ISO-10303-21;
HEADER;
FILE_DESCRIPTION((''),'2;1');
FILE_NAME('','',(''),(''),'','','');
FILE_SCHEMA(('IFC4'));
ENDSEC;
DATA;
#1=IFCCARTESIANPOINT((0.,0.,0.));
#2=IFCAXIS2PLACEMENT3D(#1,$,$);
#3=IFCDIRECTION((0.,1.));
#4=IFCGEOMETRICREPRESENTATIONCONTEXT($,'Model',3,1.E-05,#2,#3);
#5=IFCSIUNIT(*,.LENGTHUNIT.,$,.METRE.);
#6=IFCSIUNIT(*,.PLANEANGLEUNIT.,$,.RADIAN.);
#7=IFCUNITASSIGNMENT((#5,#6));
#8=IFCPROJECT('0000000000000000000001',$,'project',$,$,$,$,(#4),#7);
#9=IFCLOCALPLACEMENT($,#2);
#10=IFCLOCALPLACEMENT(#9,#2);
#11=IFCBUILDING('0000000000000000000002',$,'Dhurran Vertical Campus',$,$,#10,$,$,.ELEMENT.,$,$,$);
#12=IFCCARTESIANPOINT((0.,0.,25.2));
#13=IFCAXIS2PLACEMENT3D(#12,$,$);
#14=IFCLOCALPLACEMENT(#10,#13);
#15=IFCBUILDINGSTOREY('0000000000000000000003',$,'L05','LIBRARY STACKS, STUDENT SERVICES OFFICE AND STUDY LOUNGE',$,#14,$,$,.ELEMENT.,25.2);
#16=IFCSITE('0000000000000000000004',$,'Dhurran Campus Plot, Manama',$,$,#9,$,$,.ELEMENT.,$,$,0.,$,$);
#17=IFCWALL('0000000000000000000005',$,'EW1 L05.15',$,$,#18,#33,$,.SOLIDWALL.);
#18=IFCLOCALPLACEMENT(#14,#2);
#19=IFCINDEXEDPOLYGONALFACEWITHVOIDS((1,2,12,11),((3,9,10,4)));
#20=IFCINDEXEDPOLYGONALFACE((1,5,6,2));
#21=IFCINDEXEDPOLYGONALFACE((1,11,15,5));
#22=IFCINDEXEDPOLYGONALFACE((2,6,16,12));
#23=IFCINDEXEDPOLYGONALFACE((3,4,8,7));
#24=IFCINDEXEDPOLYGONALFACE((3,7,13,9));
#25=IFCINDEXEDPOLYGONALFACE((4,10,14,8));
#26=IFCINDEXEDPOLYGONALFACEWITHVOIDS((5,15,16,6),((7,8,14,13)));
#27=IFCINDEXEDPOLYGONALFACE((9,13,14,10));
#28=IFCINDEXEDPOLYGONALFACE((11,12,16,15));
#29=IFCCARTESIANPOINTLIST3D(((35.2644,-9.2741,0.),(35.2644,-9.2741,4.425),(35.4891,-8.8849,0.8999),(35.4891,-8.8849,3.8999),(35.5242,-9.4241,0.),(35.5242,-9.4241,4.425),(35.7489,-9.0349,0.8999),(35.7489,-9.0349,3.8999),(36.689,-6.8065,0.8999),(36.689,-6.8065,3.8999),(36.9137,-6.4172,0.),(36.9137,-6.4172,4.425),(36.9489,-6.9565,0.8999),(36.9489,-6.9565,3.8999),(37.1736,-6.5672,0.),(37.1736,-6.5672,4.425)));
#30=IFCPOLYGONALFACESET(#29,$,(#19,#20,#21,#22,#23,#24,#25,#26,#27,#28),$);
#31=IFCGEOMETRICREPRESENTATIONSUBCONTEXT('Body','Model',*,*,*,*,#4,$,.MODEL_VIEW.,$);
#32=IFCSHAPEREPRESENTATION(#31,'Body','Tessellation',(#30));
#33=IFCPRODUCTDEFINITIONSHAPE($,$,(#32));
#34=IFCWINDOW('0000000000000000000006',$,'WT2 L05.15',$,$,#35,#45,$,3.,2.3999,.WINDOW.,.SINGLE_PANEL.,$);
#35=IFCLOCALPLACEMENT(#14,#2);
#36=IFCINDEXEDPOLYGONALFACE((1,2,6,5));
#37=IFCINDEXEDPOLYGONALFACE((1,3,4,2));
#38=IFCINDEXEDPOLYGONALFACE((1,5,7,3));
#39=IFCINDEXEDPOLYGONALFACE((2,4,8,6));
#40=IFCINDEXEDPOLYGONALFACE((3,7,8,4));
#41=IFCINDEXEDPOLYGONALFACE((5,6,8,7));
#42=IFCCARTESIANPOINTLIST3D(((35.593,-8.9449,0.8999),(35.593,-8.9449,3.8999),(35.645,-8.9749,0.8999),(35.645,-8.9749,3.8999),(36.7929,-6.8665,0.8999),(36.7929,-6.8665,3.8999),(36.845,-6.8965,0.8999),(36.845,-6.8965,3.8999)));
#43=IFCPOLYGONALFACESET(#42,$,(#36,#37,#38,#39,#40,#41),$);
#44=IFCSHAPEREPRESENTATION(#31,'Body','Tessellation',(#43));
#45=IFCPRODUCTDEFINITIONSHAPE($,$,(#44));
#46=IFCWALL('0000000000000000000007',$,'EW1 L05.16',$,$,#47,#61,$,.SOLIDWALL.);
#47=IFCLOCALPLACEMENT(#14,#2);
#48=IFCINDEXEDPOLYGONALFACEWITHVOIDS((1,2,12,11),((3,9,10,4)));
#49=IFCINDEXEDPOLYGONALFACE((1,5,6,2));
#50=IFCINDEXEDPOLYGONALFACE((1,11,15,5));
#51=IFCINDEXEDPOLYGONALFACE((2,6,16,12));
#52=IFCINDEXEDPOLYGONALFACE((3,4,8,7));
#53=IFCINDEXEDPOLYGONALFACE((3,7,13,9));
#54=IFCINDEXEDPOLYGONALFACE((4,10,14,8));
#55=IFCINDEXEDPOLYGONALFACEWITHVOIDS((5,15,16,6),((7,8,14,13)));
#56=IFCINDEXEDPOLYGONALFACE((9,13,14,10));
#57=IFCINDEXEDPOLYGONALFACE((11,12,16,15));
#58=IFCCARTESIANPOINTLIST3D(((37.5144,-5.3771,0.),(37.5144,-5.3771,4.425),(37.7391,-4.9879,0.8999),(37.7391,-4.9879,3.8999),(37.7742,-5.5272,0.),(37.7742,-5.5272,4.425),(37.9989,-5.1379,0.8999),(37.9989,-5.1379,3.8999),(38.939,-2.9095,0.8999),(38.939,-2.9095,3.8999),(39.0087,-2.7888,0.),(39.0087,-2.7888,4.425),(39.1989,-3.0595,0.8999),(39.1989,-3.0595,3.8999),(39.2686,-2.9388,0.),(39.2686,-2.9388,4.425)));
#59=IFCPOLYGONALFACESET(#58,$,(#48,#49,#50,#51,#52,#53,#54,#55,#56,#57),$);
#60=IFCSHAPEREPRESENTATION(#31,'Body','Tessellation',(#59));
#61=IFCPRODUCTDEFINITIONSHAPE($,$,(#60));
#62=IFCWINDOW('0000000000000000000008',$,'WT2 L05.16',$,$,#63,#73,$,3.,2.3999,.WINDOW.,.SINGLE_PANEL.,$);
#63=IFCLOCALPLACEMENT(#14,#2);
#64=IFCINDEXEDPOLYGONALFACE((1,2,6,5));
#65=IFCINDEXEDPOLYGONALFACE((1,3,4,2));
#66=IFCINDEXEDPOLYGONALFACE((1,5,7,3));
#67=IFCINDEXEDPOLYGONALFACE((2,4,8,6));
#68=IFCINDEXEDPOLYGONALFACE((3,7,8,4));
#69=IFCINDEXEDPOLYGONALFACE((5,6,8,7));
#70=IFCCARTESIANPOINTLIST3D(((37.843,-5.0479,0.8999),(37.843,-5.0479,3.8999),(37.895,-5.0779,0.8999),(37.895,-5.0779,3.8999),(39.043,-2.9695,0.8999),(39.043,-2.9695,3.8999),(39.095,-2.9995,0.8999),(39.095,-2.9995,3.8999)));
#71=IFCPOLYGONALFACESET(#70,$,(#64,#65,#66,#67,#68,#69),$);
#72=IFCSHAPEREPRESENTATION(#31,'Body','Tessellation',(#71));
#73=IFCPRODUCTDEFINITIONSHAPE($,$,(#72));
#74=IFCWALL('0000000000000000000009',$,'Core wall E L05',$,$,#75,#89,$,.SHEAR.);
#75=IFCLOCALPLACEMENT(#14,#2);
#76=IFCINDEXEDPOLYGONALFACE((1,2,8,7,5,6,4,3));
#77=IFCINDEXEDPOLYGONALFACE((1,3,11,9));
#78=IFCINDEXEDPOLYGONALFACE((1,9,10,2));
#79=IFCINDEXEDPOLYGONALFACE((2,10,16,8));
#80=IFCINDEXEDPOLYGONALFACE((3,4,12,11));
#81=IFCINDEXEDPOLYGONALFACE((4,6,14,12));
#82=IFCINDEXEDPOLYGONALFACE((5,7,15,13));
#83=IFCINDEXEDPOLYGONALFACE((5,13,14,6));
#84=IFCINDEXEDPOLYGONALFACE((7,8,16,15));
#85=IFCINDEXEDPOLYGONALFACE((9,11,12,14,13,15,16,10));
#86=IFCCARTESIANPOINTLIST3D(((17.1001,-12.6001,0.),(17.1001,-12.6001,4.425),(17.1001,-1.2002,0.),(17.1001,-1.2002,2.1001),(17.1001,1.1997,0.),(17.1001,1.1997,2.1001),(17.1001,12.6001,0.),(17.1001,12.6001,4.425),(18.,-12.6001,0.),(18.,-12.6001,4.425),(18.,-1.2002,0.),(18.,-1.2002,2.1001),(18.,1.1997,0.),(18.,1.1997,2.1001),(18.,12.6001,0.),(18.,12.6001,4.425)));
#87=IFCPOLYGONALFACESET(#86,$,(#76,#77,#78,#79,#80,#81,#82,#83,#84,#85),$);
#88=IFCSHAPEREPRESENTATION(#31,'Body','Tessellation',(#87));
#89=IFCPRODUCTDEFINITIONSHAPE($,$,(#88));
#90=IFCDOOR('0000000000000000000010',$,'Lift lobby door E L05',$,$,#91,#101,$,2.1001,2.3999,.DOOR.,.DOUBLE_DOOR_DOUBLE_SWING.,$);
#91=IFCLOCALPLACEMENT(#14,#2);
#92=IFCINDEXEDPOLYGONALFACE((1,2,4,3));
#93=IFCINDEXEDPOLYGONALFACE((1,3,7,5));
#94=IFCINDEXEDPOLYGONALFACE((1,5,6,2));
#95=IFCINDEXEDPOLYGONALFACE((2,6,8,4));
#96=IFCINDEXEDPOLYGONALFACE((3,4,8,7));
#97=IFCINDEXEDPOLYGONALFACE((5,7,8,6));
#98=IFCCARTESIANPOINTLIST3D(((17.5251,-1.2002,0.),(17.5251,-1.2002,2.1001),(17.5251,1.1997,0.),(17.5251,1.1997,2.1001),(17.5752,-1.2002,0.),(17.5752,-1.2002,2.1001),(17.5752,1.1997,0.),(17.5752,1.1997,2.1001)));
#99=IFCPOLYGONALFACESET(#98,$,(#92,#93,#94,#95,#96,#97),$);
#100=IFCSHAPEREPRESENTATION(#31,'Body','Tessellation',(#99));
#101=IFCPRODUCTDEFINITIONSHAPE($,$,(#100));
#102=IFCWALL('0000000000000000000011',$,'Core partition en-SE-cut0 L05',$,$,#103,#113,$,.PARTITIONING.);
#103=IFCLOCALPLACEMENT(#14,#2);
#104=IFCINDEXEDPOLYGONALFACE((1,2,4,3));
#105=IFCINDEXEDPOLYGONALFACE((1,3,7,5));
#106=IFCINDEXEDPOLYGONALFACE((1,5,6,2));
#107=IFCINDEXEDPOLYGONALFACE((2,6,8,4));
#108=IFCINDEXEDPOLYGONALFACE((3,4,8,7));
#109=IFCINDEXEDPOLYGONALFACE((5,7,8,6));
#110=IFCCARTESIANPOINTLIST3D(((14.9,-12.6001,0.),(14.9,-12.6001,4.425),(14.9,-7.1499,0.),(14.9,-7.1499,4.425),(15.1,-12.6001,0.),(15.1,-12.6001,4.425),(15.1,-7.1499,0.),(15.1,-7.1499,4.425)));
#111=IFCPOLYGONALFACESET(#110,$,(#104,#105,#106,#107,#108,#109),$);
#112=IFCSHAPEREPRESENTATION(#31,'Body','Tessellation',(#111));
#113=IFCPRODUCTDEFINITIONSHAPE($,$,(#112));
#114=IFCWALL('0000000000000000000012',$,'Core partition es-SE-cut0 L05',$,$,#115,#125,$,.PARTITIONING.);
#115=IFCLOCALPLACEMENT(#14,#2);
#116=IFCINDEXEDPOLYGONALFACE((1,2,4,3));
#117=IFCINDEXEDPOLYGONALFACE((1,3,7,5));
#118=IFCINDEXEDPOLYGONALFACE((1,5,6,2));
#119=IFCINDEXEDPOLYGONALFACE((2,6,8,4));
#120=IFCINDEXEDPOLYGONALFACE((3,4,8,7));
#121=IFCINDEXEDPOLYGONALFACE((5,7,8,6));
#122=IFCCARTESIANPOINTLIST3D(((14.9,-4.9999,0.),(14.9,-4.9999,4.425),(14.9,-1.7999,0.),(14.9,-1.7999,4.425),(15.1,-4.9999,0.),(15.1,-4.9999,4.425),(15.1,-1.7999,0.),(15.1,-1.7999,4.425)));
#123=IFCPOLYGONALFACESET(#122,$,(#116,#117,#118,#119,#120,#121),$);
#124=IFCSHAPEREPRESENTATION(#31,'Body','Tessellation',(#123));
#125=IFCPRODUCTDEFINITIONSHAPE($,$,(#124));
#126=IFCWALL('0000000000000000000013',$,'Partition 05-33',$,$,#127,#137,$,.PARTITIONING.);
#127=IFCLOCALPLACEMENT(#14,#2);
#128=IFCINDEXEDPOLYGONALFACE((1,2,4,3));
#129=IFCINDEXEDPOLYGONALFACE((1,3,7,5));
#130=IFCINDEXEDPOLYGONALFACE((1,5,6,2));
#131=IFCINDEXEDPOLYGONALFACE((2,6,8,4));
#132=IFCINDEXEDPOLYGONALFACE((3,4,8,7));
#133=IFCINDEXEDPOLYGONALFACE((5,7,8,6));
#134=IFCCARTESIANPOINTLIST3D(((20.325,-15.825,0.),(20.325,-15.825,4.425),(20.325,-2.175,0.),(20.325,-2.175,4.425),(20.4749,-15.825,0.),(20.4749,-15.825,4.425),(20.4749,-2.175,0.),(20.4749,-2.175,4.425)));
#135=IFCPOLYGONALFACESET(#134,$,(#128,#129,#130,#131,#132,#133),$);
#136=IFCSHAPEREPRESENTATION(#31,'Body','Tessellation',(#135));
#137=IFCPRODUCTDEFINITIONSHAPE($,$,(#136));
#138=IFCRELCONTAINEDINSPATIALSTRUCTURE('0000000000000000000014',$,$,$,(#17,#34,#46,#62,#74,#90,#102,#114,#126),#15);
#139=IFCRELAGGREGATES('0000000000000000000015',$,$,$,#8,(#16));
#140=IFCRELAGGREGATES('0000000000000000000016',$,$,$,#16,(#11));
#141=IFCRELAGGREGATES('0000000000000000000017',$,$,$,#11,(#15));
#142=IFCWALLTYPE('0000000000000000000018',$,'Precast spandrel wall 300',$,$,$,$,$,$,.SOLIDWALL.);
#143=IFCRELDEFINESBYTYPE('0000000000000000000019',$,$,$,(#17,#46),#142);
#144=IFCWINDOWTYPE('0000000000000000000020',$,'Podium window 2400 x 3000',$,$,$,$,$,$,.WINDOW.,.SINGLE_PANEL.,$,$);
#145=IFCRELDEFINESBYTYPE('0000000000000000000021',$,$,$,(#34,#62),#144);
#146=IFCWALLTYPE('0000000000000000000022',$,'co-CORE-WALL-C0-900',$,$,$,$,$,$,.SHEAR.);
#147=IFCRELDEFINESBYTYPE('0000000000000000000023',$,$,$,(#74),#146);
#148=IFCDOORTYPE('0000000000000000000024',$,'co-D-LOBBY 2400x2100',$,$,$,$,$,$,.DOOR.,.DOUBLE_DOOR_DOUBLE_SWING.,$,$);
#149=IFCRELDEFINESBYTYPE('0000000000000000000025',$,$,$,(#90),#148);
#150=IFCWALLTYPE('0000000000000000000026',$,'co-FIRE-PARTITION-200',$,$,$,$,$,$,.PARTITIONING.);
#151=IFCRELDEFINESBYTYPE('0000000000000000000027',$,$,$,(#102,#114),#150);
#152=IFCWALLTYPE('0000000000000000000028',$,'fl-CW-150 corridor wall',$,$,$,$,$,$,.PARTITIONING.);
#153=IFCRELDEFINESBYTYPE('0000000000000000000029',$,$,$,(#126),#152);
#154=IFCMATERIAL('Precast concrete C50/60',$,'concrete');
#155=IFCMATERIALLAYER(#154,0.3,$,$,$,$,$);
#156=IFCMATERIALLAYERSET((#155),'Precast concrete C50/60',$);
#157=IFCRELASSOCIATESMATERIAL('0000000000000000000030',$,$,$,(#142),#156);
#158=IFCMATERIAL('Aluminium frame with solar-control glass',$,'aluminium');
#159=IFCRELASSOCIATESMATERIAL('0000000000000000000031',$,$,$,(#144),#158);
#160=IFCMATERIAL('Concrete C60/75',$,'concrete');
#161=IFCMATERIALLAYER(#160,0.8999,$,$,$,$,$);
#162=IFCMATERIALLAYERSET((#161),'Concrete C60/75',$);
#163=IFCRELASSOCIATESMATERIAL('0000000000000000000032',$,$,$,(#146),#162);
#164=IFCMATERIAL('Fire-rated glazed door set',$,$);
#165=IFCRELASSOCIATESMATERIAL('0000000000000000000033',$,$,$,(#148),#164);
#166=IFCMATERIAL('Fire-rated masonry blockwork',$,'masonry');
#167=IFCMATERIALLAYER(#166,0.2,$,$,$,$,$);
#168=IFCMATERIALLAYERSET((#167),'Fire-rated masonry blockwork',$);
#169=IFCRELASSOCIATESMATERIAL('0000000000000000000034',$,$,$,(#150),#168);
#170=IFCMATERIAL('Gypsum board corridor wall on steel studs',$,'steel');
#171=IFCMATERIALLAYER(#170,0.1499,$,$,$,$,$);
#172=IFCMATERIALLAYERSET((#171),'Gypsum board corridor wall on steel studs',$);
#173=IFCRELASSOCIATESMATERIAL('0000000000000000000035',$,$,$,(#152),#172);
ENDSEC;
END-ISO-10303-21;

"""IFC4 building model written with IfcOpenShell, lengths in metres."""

from ifc_helpers import new_model, si_unit, direction, frame, frame_2d, origin, place, context, subcontext, project, spatial, rectangle, extrude, material, layer, layer_set, type_object, element, fill, save


model = new_model("IFC4")

# Units and contexts
model_context = context("Model", 3, precision=1e-05, world=origin(), true_north=direction((0.0, 1.0)))
body_context = subcontext(model_context, "Body", "Model", "MODEL_VIEW")
ifc_project = project(units=[si_unit("LENGTHUNIT", "METRE"), si_unit("PLANEANGLEUNIT", "RADIAN")], contexts=[model_context])

# Site, building, storey
site_placement = place(None, origin())
site = spatial("IfcSite", under=ifc_project, at=site_placement, Name="Dhurran Campus Plot, Manama", CompositionType="ELEMENT", RefElevation=0.0)
building_placement = place(site_placement, origin())
building = spatial("IfcBuilding", under=site, at=building_placement, Name="Dhurran Vertical Campus", CompositionType="ELEMENT")
storey_placement = place(building_placement, frame((0.0, 0.0, 25.2)))
storey = spatial("IfcBuildingStorey", under=building, at=storey_placement, Name="L05", Description="LIBRARY STACKS, STUDENT SERVICES OFFICE AND STUDY LOUNGE", CompositionType="ELEMENT", Elevation=25.2)

# Walls, openings, windows
ifc_material_1 = material(Name="Precast concrete C50/60", Category="concrete")
ifc_layer_1 = layer(ifc_material_1, 0.3)
ifc_layer_set_1 = layer_set([ifc_layer_1], Name="Precast concrete C50/60")
wall_type_1 = type_object("IfcWallType", Name="Precast spandrel wall 300", PredefinedType="SOLIDWALL", material=ifc_layer_set_1)
ifc_material_2 = material(Name="Aluminium frame with solar-control glass", Category="aluminium")
window_type = type_object("IfcWindowType", Name="Podium window 2400 x 3000", PartitioningType="SINGLE_PANEL", PredefinedType="WINDOW", material=ifc_material_2)
wall_1_placement = place(storey_placement, frame((35.3943, -9.3491, 0.0), z_axis=(0.0, 0.0, 1.0), x_axis=(0.499992, 0.86603, 0.0)))
wall_1 = element("IfcWall", 1, at=wall_1_placement, inside=storey, type_object=wall_type_1, Name="EW1 L05.15", PredefinedType="SOLIDWALL", context=body_context, shape_type="SweptSolid", body=[
    extrude(rectangle(XDim=3.2988, YDim=0.3, at=frame_2d((1.6494, 0.0))), origin(), (0.0, 0.0, 1.0), 4.425),
])
opening_1_placement = place(wall_1_placement, frame((0.4495, 0.0, 0.8999)))
opening_1 = element("IfcOpeningElement", 2, at=opening_1_placement, cuts=wall_1, PredefinedType="OPENING", context=body_context, shape_type="SweptSolid", body=[
    extrude(rectangle(XDim=2.3999, YDim=3.0, at=frame_2d((1.2, 1.5))), frame((0.0, 0.1599, 0.0), z_axis=(0.0, -1.0, 0.0), x_axis=(1.0, 0.0, 0.0)), (0.0, 0.0, 1.0), 0.3201),
])
window_1_placement = place(opening_1_placement, origin())
window_1 = element("IfcWindow", 3, at=window_1_placement, inside=storey, type_object=window_type, Name="WT2 L05.15", OverallHeight=3.0, OverallWidth=2.3999, PartitioningType="SINGLE_PANEL", PredefinedType="WINDOW", context=body_context, shape_type="SweptSolid", body=[
    extrude(rectangle(XDim=2.3999, YDim=3.0, at=frame_2d((1.2, 1.5))), frame((0.0, 0.03, 0.0), z_axis=(0.0, -1.0, 0.0), x_axis=(1.0, 0.0, 0.0)), (0.0, 0.0, 1.0), 0.0601),
])
fill(opening_1, window_1)
wall_2_placement = place(storey_placement, frame((37.6443, -5.4521, 0.0), z_axis=(0.0, 0.0, 1.0), x_axis=(0.499996, 0.866028, 0.0)))
wall_2 = element("IfcWall", 4, at=wall_2_placement, inside=storey, type_object=wall_type_1, Name="EW1 L05.16", PredefinedType="SOLIDWALL", context=body_context, shape_type="SweptSolid", body=[
    extrude(rectangle(XDim=2.9888, YDim=0.3, at=frame_2d((1.4944, 0.0))), origin(), (0.0, 0.0, 1.0), 4.425),
])
opening_2_placement = place(wall_2_placement, frame((0.4495, 0.0, 0.8999)))
opening_2 = element("IfcOpeningElement", 5, at=opening_2_placement, cuts=wall_2, PredefinedType="OPENING", context=body_context, shape_type="SweptSolid", body=[
    extrude(rectangle(XDim=2.3999, YDim=3.0, at=frame_2d((1.2, 1.5))), frame((0.0, 0.1599, 0.0), z_axis=(0.0, -1.0, 0.0), x_axis=(1.0, 0.0, 0.0)), (0.0, 0.0, 1.0), 0.3201),
])
window_2_placement = place(opening_2_placement, origin())
window_2 = element("IfcWindow", 6, at=window_2_placement, inside=storey, type_object=window_type, Name="WT2 L05.16", OverallHeight=3.0, OverallWidth=2.3999, PartitioningType="SINGLE_PANEL", PredefinedType="WINDOW", context=body_context, shape_type="SweptSolid", body=[
    extrude(rectangle(XDim=2.3999, YDim=3.0, at=frame_2d((1.2, 1.5))), frame((0.0, 0.03, 0.0), z_axis=(0.0, -1.0, 0.0), x_axis=(1.0, 0.0, 0.0)), (0.0, 0.0, 1.0), 0.0601),
])
fill(opening_2, window_2)

# Wall, opening, door
ifc_material_3 = material(Name="Concrete C60/75", Category="concrete")
ifc_layer_2 = layer(ifc_material_3, 0.8999)
ifc_layer_set_2 = layer_set([ifc_layer_2], Name="Concrete C60/75")
wall_type_2 = type_object("IfcWallType", Name="co-CORE-WALL-C0-900", PredefinedType="SHEAR", material=ifc_layer_set_2)
wall_3_placement = place(storey_placement, frame((17.55, -12.6001, 0.0), z_axis=(0.0, 0.0, 1.0), x_axis=(0.0, 1.0, 0.0)))
wall_3 = element("IfcWall", 7, at=wall_3_placement, inside=storey, type_object=wall_type_2, Name="Core wall E L05", PredefinedType="SHEAR", context=body_context, shape_type="SweptSolid", body=[
    extrude(rectangle(XDim=25.2002, YDim=0.8999, at=frame_2d((12.6001, 0.0))), origin(), (0.0, 0.0, 1.0), 4.425),
])
opening_3_placement = place(wall_3_placement, frame((11.3999, 0.0, 0.0)))
opening_3 = element("IfcOpeningElement", 8, at=opening_3_placement, cuts=wall_3, PredefinedType="OPENING", context=body_context, shape_type="SweptSolid", body=[
    extrude(rectangle(XDim=2.3999, YDim=2.1001, at=frame_2d((1.2, 1.05))), frame((0.0, 0.46, 0.0), z_axis=(0.0, -1.0, 0.0), x_axis=(1.0, 0.0, 0.0)), (0.0, 0.0, 1.0), 0.9199),
])
ifc_material_4 = material(Name="Fire-rated glazed door set")
door_type = type_object("IfcDoorType", Name="co-D-LOBBY 2400x2100", OperationType="DOUBLE_DOOR_DOUBLE_SWING", PredefinedType="DOOR", material=ifc_material_4)
door_placement = place(opening_3_placement, origin())
door = element("IfcDoor", 9, at=door_placement, inside=storey, type_object=door_type, Name="Lift lobby door E L05", OperationType="DOUBLE_DOOR_DOUBLE_SWING", OverallHeight=2.1001, OverallWidth=2.3999, PredefinedType="DOOR", context=body_context, shape_type="SweptSolid", body=[
    extrude(rectangle(XDim=2.3999, YDim=2.1001, at=frame_2d((1.2, 1.05))), frame((0.0, 0.0249, 0.0), z_axis=(0.0, -1.0, 0.0), x_axis=(1.0, 0.0, 0.0)), (0.0, 0.0, 1.0), 0.05),
])
fill(opening_3, door)

# Walls
ifc_material_5 = material(Name="Fire-rated masonry blockwork", Category="masonry")
ifc_layer_3 = layer(ifc_material_5, 0.2)
ifc_layer_set_3 = layer_set([ifc_layer_3], Name="Fire-rated masonry blockwork")
wall_type_3 = type_object("IfcWallType", Name="co-FIRE-PARTITION-200", PredefinedType="PARTITIONING", material=ifc_layer_set_3)
wall_4_placement = place(storey_placement, frame((15.0, -12.6001, 0.0), z_axis=(0.0, 0.0, 1.0), x_axis=(0.0, 1.0, 0.0)))
element("IfcWall", 10, at=wall_4_placement, inside=storey, type_object=wall_type_3, Name="Core partition en-SE-cut0 L05", PredefinedType="PARTITIONING", context=body_context, shape_type="SweptSolid", body=[
    extrude(rectangle(XDim=5.4502, YDim=0.2, at=frame_2d((2.7251, 0.0))), origin(), (0.0, 0.0, 1.0), 4.425),
])
wall_5_placement = place(storey_placement, frame((15.0, -5.0, 0.0), z_axis=(0.0, 0.0, 1.0), x_axis=(0.0, 1.0, 0.0)))
element("IfcWall", 11, at=wall_5_placement, inside=storey, type_object=wall_type_3, Name="Core partition es-SE-cut0 L05", PredefinedType="PARTITIONING", context=body_context, shape_type="SweptSolid", body=[
    extrude(rectangle(XDim=3.2, YDim=0.2, at=frame_2d((1.6001, 0.0))), origin(), (0.0, 0.0, 1.0), 4.425),
])
ifc_material_6 = material(Name="Gypsum board corridor wall on steel studs", Category="steel")
ifc_layer_4 = layer(ifc_material_6, 0.1499)
ifc_layer_set_4 = layer_set([ifc_layer_4], Name="Gypsum board corridor wall on steel studs")
wall_type_4 = type_object("IfcWallType", Name="fl-CW-150 corridor wall", PredefinedType="PARTITIONING", material=ifc_layer_set_4)
wall_6_placement = place(storey_placement, frame((20.3999, -15.825, 0.0), z_axis=(0.0, 0.0, 1.0), x_axis=(0.0, 1.0, 0.0)))
element("IfcWall", 12, at=wall_6_placement, inside=storey, type_object=wall_type_4, Name="Partition 05-33", PredefinedType="PARTITIONING", context=body_context, shape_type="SweptSolid", body=[
    extrude(rectangle(XDim=13.6499, YDim=0.1499, at=frame_2d((6.825, 0.0))), origin(), (0.0, 0.0, 1.0), 4.425),
])

save(model, "model.ifc")
